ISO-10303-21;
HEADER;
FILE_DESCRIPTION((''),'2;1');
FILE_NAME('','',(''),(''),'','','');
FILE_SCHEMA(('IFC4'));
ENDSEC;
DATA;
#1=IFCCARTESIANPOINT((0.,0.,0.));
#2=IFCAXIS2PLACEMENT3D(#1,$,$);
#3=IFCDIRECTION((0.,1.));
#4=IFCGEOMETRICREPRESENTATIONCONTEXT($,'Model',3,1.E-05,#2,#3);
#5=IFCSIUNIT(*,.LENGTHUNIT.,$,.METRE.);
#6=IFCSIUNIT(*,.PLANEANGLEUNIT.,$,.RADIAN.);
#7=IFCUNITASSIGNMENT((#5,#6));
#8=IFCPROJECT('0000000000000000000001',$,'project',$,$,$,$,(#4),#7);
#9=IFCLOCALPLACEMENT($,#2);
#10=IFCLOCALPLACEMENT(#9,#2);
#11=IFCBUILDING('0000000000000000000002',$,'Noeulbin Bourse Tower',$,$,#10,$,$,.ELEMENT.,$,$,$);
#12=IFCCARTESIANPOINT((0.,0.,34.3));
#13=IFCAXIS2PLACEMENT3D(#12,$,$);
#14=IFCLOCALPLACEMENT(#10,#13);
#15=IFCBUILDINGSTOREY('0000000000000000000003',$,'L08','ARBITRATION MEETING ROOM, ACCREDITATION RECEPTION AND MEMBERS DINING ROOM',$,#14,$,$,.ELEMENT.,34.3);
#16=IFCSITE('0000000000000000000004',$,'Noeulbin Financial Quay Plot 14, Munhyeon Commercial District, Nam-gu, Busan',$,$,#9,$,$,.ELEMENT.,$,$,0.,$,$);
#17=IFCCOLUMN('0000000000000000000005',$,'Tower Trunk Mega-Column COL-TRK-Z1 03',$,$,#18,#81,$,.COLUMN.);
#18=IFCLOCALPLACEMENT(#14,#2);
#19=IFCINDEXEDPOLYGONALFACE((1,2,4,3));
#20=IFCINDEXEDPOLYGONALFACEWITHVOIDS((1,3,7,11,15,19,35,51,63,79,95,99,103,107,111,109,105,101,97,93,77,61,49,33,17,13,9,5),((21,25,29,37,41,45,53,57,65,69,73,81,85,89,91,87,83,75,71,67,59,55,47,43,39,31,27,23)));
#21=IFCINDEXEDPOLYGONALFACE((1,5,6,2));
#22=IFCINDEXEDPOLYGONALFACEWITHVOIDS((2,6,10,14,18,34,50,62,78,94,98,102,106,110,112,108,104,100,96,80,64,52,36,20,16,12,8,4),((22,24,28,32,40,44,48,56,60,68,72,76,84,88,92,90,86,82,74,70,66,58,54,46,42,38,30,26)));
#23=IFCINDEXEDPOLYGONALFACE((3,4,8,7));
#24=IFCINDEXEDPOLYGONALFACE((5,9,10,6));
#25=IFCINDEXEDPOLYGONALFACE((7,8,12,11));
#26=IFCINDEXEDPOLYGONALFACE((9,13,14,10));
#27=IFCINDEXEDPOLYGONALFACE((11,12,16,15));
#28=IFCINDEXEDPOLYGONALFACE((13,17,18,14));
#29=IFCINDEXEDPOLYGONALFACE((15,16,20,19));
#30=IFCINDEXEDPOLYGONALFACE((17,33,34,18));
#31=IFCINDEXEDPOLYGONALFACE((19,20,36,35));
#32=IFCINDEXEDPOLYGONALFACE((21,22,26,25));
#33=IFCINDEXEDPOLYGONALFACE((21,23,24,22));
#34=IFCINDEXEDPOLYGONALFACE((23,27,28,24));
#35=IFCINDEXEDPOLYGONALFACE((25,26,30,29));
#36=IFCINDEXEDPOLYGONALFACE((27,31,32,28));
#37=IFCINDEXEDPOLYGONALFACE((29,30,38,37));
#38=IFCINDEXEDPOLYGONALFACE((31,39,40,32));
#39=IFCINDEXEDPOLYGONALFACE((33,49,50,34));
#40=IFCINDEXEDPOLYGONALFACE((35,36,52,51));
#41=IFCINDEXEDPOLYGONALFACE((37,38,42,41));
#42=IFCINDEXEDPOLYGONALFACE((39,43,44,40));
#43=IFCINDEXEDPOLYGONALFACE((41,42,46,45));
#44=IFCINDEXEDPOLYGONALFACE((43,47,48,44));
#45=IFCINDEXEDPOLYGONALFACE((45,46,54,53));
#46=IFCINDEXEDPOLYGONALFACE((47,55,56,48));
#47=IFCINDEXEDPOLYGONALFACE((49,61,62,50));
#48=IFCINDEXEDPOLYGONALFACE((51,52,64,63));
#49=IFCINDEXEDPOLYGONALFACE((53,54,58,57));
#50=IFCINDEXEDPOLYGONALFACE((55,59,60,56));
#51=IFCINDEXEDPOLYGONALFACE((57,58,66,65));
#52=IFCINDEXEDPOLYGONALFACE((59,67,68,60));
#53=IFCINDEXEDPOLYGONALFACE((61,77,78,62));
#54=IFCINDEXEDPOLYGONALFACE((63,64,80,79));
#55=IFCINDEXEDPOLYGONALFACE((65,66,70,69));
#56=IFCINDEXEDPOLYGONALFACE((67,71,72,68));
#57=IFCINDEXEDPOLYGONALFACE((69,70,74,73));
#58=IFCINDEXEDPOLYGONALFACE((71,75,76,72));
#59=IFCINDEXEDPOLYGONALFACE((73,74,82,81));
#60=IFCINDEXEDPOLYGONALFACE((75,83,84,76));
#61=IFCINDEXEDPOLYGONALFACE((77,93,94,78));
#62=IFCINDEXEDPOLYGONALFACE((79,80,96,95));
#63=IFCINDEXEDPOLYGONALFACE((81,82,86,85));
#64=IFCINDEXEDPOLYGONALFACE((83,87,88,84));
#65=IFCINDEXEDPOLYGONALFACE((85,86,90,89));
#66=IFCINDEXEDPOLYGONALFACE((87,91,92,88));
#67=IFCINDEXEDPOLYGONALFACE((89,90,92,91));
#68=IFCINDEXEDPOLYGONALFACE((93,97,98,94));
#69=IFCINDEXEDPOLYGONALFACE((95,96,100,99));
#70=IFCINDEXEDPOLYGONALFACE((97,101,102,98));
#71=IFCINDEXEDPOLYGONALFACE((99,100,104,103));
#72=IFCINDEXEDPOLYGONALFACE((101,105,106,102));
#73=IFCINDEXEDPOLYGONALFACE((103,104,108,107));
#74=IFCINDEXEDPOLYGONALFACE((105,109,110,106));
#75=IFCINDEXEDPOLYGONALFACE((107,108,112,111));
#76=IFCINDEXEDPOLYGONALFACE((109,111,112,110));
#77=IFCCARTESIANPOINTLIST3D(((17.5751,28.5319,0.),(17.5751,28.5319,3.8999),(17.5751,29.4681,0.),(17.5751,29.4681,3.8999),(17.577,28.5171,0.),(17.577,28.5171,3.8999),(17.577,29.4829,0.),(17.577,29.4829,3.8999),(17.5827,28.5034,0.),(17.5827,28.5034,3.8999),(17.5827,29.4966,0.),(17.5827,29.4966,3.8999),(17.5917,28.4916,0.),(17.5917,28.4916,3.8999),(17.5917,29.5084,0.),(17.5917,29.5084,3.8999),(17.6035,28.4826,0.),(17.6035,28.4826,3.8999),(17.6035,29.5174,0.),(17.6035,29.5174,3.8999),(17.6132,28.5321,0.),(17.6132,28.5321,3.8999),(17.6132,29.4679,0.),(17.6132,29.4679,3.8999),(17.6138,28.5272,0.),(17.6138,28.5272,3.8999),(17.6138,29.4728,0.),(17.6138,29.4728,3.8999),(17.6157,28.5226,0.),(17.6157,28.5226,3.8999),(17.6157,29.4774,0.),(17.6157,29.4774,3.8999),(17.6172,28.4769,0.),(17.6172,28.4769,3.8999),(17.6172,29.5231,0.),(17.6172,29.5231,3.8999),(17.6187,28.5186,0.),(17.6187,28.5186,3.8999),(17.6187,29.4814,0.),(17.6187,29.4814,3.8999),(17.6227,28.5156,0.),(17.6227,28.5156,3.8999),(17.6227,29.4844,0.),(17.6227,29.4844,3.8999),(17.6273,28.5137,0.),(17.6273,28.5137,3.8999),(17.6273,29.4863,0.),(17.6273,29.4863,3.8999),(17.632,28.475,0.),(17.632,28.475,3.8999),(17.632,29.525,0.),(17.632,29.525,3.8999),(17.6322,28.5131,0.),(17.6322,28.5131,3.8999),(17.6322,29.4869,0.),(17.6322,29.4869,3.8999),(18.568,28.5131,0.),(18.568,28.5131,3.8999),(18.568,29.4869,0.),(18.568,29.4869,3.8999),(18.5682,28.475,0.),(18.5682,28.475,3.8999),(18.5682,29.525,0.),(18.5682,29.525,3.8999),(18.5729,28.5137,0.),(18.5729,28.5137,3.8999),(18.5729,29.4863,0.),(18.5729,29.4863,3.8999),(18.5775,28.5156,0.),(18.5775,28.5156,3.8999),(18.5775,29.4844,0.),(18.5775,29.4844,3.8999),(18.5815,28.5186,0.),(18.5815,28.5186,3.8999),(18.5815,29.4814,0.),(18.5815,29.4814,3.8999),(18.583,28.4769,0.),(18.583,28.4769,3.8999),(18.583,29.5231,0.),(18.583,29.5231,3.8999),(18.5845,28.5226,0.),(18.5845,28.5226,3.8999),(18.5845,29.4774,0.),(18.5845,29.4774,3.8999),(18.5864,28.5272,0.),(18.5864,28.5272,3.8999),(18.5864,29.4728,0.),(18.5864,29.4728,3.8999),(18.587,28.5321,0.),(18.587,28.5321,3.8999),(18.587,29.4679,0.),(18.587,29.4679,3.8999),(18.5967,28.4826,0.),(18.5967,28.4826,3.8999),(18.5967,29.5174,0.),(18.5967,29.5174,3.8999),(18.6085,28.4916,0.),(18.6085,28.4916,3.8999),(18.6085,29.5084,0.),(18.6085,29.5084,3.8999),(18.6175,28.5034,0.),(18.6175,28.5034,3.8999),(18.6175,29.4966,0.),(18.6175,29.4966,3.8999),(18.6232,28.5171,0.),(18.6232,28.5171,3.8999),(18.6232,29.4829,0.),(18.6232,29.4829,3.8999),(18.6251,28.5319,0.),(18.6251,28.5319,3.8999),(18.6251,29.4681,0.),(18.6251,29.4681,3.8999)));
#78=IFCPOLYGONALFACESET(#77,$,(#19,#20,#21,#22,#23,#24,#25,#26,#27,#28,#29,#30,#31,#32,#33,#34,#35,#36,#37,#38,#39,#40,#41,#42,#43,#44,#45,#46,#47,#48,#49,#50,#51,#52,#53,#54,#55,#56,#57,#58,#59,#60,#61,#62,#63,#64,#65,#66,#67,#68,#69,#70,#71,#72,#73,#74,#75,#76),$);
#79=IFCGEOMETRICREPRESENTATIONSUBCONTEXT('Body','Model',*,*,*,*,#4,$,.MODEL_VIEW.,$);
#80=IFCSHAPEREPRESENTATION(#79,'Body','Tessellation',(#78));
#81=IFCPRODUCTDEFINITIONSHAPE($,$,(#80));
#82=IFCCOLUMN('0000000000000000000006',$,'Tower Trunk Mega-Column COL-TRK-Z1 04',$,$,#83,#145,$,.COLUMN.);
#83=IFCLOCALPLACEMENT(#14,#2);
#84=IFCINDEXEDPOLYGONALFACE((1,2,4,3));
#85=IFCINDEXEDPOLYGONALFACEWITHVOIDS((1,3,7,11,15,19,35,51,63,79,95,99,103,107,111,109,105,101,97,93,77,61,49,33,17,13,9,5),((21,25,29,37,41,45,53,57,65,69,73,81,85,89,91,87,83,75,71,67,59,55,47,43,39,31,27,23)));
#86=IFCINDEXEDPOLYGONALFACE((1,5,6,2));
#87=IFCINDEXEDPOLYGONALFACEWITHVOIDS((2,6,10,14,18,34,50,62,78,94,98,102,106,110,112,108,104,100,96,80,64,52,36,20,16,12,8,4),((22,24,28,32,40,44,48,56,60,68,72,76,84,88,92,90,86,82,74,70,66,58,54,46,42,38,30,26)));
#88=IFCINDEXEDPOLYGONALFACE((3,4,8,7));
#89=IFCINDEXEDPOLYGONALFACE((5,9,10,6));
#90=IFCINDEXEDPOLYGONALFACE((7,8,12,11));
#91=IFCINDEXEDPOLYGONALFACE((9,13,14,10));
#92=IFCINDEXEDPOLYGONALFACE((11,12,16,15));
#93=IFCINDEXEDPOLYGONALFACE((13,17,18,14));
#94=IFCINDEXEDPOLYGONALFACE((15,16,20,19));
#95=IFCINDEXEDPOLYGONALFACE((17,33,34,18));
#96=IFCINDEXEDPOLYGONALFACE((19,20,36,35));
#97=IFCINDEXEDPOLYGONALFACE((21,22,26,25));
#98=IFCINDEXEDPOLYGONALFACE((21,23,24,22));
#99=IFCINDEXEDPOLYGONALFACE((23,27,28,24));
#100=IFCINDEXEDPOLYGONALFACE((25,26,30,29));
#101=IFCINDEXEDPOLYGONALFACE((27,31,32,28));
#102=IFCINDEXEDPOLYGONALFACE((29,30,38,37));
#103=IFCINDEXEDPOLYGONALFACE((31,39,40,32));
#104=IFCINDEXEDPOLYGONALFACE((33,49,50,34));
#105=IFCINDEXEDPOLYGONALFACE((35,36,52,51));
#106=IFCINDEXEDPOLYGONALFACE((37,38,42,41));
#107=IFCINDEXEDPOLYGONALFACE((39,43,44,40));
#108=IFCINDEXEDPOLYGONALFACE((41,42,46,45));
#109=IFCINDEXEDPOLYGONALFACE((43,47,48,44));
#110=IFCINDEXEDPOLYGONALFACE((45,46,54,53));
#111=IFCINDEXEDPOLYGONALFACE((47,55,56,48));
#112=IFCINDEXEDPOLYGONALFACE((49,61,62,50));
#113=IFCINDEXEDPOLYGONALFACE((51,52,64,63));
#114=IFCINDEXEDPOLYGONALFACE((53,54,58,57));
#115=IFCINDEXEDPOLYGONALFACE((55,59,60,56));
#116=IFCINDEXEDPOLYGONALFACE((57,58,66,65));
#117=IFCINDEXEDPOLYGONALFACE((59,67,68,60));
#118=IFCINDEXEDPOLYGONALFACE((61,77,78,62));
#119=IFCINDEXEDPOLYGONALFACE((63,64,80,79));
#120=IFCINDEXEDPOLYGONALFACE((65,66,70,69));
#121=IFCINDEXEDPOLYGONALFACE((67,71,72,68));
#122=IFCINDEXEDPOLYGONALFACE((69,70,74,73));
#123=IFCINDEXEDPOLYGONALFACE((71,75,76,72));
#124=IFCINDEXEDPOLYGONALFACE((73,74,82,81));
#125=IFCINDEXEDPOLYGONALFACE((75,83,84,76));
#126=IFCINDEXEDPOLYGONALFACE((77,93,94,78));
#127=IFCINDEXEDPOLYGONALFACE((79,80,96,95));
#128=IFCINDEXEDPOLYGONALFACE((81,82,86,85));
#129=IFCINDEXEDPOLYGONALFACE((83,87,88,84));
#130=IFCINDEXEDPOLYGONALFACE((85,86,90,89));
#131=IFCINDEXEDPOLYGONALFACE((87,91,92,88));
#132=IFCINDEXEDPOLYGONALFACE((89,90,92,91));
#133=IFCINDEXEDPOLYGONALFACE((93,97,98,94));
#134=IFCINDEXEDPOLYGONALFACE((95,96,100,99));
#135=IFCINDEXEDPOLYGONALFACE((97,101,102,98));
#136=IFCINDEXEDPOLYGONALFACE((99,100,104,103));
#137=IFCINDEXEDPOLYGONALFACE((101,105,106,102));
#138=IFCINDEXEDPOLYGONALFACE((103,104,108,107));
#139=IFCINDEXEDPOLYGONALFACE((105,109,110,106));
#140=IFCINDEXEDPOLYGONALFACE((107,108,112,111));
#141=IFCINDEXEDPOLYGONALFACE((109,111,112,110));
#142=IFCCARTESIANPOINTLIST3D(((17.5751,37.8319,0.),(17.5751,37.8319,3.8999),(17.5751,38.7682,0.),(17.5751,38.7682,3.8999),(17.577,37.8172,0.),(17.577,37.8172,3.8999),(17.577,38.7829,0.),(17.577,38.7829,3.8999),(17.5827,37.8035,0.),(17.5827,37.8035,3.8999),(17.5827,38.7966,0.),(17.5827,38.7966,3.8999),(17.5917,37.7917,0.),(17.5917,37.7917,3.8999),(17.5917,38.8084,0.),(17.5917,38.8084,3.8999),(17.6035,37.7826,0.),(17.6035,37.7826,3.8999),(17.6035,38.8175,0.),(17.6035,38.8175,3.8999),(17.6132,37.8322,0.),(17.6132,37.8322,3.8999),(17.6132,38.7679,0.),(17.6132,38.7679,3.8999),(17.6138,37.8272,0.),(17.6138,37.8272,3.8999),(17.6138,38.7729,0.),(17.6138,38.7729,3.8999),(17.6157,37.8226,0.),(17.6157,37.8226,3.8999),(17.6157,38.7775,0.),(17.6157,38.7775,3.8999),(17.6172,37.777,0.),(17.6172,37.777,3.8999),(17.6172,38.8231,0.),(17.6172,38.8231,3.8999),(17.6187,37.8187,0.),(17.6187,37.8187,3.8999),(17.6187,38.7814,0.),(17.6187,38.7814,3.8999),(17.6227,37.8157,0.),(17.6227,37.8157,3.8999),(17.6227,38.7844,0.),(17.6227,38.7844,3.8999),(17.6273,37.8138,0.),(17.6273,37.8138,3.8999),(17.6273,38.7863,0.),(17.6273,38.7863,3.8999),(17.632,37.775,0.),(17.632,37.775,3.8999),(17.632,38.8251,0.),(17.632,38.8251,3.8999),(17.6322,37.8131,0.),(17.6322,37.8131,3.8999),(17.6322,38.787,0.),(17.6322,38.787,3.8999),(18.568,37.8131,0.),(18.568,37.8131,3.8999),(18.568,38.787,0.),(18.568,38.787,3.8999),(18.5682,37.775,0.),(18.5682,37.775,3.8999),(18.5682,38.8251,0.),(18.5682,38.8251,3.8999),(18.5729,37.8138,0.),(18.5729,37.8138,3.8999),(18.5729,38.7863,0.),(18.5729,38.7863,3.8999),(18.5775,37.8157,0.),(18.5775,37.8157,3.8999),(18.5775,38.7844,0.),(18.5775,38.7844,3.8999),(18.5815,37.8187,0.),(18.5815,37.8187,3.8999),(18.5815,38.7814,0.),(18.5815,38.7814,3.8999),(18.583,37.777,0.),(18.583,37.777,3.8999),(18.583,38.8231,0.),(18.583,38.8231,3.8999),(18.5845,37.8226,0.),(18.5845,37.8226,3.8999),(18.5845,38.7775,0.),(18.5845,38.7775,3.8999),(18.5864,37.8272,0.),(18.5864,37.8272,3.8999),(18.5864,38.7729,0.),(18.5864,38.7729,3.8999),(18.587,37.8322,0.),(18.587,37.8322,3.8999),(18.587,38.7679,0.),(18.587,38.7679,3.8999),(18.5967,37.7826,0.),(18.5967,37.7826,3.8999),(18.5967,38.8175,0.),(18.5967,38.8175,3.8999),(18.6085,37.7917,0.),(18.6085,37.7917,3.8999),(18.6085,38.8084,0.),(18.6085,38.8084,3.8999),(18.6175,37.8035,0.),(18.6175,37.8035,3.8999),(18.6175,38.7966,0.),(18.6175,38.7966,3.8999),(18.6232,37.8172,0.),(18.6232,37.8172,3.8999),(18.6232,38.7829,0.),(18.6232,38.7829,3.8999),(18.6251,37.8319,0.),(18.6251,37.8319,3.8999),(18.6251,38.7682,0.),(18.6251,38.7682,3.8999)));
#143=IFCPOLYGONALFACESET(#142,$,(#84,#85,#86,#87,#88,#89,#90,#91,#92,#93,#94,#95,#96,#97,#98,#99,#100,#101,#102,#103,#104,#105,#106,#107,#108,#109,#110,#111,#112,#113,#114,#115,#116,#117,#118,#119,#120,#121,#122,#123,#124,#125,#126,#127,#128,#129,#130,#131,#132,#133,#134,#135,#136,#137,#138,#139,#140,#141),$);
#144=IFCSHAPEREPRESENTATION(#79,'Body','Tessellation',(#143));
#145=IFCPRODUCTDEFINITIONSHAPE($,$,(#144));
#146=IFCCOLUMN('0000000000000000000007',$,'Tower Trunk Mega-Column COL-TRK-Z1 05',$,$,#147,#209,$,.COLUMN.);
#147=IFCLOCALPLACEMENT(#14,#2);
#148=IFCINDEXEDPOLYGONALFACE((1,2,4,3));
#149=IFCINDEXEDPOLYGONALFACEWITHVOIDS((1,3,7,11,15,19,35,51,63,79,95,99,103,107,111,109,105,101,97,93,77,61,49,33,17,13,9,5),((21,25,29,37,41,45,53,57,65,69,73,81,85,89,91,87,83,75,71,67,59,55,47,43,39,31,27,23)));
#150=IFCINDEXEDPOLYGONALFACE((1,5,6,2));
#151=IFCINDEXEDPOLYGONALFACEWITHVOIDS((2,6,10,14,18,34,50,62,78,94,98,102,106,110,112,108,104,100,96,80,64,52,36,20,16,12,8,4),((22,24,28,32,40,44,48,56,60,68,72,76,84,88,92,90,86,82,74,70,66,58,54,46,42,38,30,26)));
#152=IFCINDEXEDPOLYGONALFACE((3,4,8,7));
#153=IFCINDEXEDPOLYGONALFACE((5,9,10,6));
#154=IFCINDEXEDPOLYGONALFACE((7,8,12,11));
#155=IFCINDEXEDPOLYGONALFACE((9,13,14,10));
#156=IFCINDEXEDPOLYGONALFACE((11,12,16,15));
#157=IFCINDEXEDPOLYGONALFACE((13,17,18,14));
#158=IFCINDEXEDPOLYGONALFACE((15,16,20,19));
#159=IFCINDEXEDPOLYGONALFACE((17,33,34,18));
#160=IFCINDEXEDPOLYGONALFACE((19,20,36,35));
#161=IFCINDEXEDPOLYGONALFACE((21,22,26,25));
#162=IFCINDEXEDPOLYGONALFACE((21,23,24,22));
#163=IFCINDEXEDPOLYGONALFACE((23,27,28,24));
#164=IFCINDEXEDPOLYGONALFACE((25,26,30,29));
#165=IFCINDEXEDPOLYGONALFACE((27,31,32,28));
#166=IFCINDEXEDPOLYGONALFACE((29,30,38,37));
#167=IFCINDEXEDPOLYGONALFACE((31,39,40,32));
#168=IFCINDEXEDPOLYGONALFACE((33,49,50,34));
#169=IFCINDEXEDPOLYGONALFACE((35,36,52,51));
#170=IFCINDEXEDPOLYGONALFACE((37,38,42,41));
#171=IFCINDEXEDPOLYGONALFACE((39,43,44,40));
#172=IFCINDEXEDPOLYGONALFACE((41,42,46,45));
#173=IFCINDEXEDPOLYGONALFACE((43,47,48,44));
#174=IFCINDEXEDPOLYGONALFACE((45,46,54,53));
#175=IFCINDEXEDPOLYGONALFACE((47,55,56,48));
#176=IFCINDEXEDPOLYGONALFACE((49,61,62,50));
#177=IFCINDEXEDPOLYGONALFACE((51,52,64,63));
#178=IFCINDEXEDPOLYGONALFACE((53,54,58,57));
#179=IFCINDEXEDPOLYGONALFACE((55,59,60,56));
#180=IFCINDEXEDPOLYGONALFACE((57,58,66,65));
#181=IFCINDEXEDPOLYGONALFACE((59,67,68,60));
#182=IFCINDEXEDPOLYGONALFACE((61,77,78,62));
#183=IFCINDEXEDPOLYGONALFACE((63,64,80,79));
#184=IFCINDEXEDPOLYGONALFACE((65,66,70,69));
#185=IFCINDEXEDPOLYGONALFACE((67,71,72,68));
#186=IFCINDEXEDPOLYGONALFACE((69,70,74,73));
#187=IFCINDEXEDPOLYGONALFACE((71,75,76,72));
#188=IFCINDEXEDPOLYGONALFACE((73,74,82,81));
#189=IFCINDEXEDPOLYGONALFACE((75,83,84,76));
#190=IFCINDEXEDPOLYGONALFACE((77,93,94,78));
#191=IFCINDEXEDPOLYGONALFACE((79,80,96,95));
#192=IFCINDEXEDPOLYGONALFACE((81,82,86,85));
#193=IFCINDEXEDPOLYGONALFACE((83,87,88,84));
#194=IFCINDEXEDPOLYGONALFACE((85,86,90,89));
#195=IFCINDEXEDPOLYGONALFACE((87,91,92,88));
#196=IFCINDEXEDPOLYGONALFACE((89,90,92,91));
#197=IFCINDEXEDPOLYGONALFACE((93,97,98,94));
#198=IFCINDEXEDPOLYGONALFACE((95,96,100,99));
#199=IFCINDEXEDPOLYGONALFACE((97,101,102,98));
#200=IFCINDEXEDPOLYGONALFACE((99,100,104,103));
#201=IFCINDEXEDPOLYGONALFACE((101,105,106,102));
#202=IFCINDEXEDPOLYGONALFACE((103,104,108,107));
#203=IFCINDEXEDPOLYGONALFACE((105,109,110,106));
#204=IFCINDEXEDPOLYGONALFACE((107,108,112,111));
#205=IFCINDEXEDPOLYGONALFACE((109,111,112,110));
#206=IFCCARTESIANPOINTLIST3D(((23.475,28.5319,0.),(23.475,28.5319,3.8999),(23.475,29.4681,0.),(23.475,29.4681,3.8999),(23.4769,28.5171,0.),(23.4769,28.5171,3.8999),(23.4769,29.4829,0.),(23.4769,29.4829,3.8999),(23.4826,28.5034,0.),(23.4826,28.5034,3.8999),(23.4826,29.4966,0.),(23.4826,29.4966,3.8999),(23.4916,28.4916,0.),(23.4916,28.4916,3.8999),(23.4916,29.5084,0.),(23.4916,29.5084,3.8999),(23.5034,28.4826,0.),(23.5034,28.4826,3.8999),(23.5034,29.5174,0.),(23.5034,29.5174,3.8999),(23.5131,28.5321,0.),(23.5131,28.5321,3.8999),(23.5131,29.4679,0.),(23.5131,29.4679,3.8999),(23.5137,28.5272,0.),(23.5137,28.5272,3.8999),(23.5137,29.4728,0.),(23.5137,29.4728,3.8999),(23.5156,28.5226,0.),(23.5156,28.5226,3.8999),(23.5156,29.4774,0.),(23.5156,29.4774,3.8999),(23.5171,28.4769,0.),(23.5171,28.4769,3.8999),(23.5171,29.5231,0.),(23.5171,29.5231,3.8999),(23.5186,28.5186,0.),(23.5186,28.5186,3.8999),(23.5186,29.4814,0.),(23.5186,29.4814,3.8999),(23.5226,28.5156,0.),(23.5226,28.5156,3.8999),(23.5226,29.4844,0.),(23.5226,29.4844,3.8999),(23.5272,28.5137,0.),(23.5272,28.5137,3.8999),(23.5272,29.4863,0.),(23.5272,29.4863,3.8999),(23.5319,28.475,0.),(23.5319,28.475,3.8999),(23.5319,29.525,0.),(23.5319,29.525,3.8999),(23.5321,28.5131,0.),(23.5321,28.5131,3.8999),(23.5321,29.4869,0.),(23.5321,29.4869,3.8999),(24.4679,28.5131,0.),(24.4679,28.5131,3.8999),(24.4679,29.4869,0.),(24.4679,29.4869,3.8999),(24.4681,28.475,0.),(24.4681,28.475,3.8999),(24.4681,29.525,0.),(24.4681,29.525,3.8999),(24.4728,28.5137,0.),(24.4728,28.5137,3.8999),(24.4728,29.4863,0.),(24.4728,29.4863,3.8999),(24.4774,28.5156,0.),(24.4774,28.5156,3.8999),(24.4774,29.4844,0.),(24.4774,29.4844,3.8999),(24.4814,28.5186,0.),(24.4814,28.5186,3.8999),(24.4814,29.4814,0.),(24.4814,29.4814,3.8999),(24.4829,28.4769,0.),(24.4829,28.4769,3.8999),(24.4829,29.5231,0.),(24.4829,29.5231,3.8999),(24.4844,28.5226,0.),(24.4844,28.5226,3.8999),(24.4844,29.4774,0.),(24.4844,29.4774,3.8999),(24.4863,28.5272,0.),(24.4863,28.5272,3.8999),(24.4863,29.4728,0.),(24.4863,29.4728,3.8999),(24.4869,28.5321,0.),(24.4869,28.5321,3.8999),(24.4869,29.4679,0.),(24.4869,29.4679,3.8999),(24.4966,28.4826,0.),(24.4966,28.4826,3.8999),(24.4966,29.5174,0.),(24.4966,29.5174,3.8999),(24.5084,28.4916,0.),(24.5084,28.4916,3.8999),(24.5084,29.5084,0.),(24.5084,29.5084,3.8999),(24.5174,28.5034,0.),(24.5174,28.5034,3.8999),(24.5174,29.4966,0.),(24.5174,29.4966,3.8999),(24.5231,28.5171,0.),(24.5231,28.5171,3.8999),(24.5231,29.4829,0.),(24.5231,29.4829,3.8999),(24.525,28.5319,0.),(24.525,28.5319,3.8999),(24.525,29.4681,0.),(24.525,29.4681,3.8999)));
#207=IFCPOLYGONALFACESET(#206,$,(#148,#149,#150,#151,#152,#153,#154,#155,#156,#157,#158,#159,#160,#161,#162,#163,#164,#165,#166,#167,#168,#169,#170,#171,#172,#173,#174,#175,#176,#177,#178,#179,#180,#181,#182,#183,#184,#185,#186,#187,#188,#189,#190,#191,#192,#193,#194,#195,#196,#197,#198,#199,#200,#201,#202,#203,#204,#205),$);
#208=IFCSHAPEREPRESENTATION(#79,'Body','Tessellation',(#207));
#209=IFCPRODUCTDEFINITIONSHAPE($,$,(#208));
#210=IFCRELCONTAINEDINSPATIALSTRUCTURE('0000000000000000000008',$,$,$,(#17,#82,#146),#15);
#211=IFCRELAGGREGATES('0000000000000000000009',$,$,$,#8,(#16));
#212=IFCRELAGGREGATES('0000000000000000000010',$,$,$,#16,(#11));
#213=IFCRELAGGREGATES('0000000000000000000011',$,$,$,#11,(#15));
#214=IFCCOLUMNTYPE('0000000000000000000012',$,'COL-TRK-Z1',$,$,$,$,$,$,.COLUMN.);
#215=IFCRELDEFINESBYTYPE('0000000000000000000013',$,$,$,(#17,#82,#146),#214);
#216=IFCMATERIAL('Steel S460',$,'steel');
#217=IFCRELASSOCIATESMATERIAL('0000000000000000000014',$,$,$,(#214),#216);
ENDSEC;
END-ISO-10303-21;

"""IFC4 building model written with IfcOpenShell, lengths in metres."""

from ifc_helpers import new_model, si_unit, direction, frame, origin, origin_2d, place, context, subcontext, project, spatial, hollow_rectangle, extrude, material, material_profile, profile_set, type_object, element, save


model = new_model("IFC4")

# Units and contexts
model_context = context("Model", 3, precision=1e-05, world=origin(), true_north=direction((0.0, 1.0)))
body_context = subcontext(model_context, "Body", "Model", "MODEL_VIEW")
ifc_project = project(units=[si_unit("LENGTHUNIT", "METRE"), si_unit("PLANEANGLEUNIT", "RADIAN")], contexts=[model_context])

# Site, building, storey
site_placement = place(None, origin())
site = spatial("IfcSite", under=ifc_project, at=site_placement, Name="Noeulbin Financial Quay Plot 14, Munhyeon Commercial District, Nam-gu, Busan", CompositionType="ELEMENT", RefElevation=0.0)
building_placement = place(site_placement, origin())
building = spatial("IfcBuilding", under=site, at=building_placement, Name="Noeulbin Bourse Tower", CompositionType="ELEMENT")
storey_placement = place(building_placement, frame((0.0, 0.0, 34.3)))
storey = spatial("IfcBuildingStorey", under=building, at=storey_placement, Name="L08", Description="ARBITRATION MEETING ROOM, ACCREDITATION RECEPTION AND MEMBERS DINING ROOM", CompositionType="ELEMENT", Elevation=34.3)

# Columns
ifc_material_1 = material(Name="Steel S460", Category="steel")
ifc_material_profile_1 = material_profile(ifc_material_1, hollow_rectangle(XDim=1.05, YDim=1.05, WallThickness=0.0381, InnerFilletRadius=0.019, OuterFilletRadius=0.0569, at=origin_2d()), Name="BOX-1050x1050x38", Category="LoadBearing")
ifc_profile_set_1 = profile_set([ifc_material_profile_1], Name="Steel S460")
column_type = type_object("IfcColumnType", Name="COL-TRK-Z1", PredefinedType="COLUMN", material=ifc_profile_set_1)
for number, where, z_axis, x_axis, name in (
    (1, (18.1001, 29.0, 0.0), (0.0, 0.0, 1.0), (1.0, 0.0, 0.0), "Tower Trunk Mega-Column COL-TRK-Z1 03"),
    (2, (18.1001, 38.3, 0.0), (0.0, 0.0, 1.0), (1.0, 0.0, 0.0), "Tower Trunk Mega-Column COL-TRK-Z1 04"),
    (3, (24.0, 29.0, 0.0), (0.0, 0.0, 1.0), (1.0, 0.0, 0.0), "Tower Trunk Mega-Column COL-TRK-Z1 05"),
):
    element("IfcColumn", number, at=place(storey_placement, frame(where, z_axis=z_axis, x_axis=x_axis)), inside=storey, type_object=column_type, Name=name, PredefinedType="COLUMN", context=body_context, shape_type="SweptSolid", body=[
        extrude(hollow_rectangle(XDim=1.05, YDim=1.05, WallThickness=0.0381, InnerFilletRadius=0.019, OuterFilletRadius=0.0569, at=origin_2d()), origin(), (0.0, 0.0, 1.0), 3.8999),
    ])

save(model, "model.ifc")
